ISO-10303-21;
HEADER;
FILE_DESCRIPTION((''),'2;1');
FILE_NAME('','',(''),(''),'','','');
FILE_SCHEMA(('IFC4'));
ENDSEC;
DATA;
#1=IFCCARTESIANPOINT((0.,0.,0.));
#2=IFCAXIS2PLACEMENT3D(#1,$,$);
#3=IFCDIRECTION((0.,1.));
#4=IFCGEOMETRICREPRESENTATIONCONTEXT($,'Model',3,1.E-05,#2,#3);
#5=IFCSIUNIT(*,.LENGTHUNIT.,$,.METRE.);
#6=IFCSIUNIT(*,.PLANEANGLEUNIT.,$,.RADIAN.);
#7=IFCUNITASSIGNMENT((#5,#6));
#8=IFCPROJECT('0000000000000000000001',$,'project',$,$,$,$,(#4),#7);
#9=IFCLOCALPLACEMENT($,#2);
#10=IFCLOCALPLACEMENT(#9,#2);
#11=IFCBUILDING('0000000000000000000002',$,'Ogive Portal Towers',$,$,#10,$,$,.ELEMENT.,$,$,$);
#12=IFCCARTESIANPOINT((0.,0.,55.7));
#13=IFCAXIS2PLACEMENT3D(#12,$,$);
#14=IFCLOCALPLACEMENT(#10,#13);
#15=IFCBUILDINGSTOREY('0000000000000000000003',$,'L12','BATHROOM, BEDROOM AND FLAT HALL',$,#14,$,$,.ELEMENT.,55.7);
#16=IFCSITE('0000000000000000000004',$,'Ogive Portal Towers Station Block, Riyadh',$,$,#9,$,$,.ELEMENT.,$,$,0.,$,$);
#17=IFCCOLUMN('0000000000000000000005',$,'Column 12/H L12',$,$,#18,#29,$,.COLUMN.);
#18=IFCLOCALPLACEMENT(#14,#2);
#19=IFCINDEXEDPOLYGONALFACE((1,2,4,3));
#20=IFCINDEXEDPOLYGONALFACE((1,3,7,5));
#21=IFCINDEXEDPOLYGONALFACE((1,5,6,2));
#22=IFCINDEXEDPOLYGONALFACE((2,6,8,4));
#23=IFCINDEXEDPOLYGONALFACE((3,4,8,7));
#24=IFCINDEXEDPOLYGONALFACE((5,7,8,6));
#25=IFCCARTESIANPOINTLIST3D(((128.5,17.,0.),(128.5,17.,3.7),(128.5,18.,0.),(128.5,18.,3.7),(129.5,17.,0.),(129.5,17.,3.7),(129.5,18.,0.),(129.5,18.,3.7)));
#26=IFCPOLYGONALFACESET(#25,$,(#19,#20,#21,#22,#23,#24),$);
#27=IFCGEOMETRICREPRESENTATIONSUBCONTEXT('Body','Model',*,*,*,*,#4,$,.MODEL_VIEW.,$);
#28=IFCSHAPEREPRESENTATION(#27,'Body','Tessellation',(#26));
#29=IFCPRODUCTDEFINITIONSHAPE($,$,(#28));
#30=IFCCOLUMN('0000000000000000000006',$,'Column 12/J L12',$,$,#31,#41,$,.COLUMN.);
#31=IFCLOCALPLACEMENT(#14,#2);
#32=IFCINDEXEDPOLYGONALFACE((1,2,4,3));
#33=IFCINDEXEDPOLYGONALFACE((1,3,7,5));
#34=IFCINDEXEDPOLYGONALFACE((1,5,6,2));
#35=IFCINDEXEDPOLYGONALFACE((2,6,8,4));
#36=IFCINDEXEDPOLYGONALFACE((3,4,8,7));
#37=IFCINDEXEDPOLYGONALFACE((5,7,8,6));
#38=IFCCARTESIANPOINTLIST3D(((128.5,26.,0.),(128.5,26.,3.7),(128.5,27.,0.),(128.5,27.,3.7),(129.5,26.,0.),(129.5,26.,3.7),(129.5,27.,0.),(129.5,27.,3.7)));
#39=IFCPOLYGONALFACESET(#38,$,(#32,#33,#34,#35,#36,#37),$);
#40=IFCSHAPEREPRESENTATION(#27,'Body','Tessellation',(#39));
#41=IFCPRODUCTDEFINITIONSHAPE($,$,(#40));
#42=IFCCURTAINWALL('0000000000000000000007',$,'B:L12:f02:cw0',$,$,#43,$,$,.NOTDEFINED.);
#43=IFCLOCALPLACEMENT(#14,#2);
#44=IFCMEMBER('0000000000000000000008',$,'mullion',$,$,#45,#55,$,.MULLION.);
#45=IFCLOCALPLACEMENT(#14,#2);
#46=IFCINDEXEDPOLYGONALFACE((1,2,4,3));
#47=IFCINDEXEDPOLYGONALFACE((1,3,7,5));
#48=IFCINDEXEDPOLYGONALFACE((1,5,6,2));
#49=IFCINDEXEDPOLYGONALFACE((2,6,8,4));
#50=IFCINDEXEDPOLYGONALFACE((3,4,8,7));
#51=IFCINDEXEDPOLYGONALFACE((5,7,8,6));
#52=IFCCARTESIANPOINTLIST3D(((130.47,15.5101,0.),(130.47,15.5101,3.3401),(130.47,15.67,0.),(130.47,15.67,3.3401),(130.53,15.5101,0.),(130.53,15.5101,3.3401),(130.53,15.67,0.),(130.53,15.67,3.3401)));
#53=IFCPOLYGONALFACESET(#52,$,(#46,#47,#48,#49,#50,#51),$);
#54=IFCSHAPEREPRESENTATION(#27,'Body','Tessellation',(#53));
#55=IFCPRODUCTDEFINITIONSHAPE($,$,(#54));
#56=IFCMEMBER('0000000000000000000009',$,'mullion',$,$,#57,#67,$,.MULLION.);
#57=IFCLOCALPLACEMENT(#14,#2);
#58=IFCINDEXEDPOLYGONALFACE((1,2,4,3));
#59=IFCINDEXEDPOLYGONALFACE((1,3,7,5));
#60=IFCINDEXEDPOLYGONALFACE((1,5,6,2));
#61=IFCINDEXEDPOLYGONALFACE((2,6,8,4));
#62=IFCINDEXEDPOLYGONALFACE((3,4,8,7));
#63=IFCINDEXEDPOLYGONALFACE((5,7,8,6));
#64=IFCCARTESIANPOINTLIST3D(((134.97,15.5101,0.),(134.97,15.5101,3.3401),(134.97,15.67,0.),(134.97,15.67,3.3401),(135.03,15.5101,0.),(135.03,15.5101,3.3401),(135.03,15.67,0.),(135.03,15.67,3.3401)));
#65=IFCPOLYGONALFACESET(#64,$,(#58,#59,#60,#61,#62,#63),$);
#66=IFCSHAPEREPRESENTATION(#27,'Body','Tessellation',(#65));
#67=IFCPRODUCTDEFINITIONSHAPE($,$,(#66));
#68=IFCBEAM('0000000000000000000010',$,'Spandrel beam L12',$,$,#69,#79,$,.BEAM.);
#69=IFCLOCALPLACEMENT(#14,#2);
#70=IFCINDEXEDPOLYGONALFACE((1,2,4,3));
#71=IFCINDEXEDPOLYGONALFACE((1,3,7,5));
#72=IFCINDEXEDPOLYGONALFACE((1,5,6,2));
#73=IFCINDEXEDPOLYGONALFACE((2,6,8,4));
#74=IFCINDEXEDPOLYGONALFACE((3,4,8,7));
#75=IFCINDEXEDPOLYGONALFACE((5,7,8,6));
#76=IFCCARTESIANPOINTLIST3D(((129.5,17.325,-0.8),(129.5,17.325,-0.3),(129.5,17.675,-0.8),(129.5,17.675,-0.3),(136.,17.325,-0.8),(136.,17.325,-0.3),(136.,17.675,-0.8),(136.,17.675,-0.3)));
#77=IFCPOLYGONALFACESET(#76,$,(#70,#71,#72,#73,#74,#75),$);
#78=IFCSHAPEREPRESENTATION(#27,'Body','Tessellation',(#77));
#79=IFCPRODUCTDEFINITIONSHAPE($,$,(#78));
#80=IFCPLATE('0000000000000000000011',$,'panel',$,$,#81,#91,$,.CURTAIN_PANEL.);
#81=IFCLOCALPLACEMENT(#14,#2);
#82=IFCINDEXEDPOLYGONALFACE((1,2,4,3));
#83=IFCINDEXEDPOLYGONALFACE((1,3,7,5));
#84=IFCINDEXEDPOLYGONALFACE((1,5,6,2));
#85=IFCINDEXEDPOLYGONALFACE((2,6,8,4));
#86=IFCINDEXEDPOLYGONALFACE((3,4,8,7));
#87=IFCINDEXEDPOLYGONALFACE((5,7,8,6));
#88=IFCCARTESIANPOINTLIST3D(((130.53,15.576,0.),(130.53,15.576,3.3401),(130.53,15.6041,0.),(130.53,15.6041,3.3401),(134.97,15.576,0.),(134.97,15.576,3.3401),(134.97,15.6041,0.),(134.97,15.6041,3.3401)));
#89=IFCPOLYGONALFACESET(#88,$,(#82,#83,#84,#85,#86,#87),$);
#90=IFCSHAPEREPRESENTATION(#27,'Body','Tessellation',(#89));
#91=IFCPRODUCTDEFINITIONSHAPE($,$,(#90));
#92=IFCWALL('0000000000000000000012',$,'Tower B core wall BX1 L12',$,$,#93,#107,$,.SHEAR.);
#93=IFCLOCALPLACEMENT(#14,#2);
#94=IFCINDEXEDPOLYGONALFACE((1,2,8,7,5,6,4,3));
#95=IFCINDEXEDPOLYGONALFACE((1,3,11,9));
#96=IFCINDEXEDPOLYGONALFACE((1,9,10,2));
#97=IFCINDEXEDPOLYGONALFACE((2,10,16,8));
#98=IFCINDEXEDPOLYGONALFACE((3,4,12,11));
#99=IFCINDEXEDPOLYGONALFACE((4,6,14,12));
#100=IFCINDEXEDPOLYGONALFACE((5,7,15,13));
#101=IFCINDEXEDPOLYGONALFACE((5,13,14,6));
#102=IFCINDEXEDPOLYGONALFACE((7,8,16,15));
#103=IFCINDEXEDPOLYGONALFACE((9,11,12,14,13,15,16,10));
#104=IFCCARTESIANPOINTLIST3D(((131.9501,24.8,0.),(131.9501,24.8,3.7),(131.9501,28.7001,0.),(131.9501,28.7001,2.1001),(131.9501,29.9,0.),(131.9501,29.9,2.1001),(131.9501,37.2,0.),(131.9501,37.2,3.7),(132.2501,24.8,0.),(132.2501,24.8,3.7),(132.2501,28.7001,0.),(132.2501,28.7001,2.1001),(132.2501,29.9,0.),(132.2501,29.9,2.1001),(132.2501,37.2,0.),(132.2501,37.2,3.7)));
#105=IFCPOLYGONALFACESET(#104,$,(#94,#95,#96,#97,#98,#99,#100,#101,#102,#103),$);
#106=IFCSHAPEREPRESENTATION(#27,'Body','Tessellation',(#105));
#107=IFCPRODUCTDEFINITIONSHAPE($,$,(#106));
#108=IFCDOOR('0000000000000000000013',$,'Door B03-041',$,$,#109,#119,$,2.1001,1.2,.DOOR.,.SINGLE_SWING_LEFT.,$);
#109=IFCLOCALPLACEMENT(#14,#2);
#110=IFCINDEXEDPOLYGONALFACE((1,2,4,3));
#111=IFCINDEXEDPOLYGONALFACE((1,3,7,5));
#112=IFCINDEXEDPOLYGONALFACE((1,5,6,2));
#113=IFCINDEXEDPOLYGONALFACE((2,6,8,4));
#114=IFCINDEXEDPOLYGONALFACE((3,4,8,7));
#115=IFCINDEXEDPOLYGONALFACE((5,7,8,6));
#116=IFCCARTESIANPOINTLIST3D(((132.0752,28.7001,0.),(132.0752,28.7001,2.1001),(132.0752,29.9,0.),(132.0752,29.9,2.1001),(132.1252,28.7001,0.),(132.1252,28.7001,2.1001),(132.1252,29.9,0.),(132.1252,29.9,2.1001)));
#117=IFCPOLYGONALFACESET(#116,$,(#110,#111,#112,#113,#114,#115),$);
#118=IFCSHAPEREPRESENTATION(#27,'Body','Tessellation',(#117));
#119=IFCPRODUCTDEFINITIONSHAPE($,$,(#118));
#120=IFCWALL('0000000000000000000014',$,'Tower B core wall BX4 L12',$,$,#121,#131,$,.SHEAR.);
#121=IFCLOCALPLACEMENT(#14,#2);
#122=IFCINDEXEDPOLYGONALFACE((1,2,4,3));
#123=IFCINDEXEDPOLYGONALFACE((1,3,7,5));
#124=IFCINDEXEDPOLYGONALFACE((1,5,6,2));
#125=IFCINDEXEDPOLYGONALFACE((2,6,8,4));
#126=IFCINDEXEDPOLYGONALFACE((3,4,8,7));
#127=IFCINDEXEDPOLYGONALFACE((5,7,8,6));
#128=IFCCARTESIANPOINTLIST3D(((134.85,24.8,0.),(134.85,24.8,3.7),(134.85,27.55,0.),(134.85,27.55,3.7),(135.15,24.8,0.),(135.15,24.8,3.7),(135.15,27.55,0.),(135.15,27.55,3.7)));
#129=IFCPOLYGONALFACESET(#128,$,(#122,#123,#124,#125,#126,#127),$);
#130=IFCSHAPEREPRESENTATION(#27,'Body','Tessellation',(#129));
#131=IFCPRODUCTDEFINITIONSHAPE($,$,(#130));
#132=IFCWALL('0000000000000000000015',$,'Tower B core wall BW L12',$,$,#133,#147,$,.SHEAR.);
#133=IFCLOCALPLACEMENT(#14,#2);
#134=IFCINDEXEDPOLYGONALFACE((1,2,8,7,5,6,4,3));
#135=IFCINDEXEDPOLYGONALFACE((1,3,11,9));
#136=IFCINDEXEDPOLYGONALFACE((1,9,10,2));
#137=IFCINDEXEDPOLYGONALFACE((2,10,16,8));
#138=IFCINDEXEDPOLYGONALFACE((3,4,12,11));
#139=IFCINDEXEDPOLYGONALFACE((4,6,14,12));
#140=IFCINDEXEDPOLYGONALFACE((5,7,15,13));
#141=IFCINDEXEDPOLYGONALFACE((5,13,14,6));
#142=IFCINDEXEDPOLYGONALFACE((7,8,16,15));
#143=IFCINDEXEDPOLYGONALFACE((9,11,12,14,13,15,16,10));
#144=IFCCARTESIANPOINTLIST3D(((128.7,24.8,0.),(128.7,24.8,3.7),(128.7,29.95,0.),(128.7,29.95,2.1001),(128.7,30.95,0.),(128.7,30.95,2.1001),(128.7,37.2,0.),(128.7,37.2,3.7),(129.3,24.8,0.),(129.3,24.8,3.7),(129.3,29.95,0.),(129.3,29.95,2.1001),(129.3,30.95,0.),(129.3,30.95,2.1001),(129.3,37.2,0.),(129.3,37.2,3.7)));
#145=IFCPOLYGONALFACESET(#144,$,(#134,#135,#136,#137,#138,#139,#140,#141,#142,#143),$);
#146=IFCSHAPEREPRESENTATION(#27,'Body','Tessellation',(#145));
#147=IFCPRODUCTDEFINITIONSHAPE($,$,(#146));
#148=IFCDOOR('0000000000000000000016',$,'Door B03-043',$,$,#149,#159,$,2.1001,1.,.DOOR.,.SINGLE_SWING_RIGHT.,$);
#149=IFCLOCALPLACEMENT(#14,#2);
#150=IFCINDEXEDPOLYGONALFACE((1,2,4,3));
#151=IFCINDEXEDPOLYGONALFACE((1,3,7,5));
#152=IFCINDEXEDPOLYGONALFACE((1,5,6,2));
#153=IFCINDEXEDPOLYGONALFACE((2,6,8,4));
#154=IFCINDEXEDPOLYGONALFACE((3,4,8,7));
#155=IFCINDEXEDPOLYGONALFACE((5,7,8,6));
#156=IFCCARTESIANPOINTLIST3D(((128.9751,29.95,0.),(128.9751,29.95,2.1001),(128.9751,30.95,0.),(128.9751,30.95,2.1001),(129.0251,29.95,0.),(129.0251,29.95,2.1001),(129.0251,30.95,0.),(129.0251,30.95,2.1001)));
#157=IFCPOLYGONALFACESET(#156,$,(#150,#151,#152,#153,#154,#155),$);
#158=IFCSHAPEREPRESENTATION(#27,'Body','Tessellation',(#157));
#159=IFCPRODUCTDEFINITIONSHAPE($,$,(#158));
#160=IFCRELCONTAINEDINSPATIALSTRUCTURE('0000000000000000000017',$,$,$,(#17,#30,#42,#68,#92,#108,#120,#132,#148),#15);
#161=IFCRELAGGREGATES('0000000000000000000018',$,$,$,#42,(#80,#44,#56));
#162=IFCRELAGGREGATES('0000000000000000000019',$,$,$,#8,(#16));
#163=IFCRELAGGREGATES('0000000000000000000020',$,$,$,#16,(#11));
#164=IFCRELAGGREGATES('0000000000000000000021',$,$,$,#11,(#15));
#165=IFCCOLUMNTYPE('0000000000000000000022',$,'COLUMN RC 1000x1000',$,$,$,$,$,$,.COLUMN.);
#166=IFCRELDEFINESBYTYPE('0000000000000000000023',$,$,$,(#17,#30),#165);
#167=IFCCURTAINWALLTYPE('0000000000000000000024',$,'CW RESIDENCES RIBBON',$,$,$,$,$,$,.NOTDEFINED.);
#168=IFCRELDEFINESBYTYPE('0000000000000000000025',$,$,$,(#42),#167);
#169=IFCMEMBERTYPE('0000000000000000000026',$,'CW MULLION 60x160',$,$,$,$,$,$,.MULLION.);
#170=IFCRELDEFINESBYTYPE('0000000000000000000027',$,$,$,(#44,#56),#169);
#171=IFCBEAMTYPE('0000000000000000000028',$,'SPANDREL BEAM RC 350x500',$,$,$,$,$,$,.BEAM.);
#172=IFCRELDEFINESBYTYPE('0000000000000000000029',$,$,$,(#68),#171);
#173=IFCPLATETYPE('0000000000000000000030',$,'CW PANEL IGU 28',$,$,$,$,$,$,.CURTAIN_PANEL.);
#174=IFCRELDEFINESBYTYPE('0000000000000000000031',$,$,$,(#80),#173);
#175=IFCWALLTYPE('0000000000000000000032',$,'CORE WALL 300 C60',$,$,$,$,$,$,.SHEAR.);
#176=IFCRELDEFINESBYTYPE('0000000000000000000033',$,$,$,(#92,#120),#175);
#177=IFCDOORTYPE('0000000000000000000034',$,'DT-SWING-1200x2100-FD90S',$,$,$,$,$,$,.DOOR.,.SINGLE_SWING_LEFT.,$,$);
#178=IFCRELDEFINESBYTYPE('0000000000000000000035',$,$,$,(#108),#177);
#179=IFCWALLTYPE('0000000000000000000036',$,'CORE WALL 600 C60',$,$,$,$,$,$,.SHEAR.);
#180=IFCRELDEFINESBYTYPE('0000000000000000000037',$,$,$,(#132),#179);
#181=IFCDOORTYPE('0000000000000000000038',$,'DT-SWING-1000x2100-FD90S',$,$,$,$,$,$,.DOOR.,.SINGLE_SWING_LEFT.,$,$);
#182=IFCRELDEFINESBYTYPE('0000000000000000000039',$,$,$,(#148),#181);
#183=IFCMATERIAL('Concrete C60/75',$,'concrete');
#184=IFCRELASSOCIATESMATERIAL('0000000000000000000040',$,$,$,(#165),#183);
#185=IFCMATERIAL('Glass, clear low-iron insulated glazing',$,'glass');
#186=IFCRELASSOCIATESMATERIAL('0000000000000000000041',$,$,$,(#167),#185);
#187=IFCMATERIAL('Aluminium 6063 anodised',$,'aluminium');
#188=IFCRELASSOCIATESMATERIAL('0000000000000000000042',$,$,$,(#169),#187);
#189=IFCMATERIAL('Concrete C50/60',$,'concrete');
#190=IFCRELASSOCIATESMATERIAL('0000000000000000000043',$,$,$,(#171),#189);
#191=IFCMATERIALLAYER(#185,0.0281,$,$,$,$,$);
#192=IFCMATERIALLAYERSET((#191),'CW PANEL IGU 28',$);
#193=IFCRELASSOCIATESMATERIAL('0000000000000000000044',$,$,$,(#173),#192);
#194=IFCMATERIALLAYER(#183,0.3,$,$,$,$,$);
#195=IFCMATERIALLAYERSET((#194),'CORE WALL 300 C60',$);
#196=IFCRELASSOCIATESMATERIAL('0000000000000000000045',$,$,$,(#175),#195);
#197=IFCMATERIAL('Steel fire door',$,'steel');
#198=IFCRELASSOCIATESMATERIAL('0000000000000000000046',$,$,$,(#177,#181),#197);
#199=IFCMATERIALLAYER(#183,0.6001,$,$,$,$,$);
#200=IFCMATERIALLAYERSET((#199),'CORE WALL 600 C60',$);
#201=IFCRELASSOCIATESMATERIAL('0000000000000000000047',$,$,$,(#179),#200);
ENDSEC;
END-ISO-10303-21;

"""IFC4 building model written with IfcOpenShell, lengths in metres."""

from ifc_helpers import new_model, si_unit, direction, frame, frame_2d, origin, origin_2d, place, context, subcontext, project, spatial, rectangle, extrude, material, layer, layer_set, material_profile, profile_set, type_object, element, fill, aggregate, save


model = new_model("IFC4")

# Units and contexts
model_context = context("Model", 3, precision=1e-05, world=origin(), true_north=direction((0.0, 1.0)))
body_context = subcontext(model_context, "Body", "Model", "MODEL_VIEW")
ifc_project = project(units=[si_unit("LENGTHUNIT", "METRE"), si_unit("PLANEANGLEUNIT", "RADIAN")], contexts=[model_context])

# Site, building, storey
site_placement = place(None, origin())
site = spatial("IfcSite", under=ifc_project, at=site_placement, Name="Ogive Portal Towers Station Block, Riyadh", CompositionType="ELEMENT", RefElevation=0.0)
building_placement = place(site_placement, origin())
building = spatial("IfcBuilding", under=site, at=building_placement, Name="Ogive Portal Towers", CompositionType="ELEMENT")
storey_placement = place(building_placement, frame((0.0, 0.0, 55.7)))
storey = spatial("IfcBuildingStorey", under=building, at=storey_placement, Name="L12", Description="BATHROOM, BEDROOM AND FLAT HALL", CompositionType="ELEMENT", Elevation=55.7)

# Columns
ifc_material_1 = material(Name="Concrete C60/75", Category="concrete")
ifc_material_profile_1 = material_profile(ifc_material_1, rectangle(XDim=1.0, YDim=1.0, at=origin_2d()), Name="RC 1000x1000")
ifc_profile_set_1 = profile_set([ifc_material_profile_1], Name="Concrete C60/75")
column_type = type_object("IfcColumnType", Name="COLUMN RC 1000x1000", PredefinedType="COLUMN", material=ifc_profile_set_1)
for number, where, z_axis, x_axis, name in (
    (1, (129.0, 17.5, 0.0), (0.0, 0.0, 1.0), (1.0, 0.0, 0.0), "Column 12/H L12"),
    (2, (129.0, 26.5, 0.0), (0.0, 0.0, 1.0), (1.0, 0.0, 0.0), "Column 12/J L12"),
):
    element("IfcColumn", number, at=place(storey_placement, frame(where, z_axis=z_axis, x_axis=x_axis)), inside=storey, type_object=column_type, Name=name, PredefinedType="COLUMN", context=body_context, shape_type="SweptSolid", body=[
        extrude(rectangle(XDim=1.0, YDim=1.0, at=origin_2d()), origin(), (0.0, 0.0, 1.0), 3.7),
    ])

# Curtain wall, members
ifc_material_2 = material(Name="Glass, clear low-iron insulated glazing", Category="glass")
curtain_wall_type = type_object("IfcCurtainWallType", Name="CW RESIDENCES RIBBON", PredefinedType="NOTDEFINED", material=ifc_material_2)
curtain_wall_placement = place(storey_placement, origin())
curtain_wall = element("IfcCurtainWall", 3, at=curtain_wall_placement, inside=storey, type_object=curtain_wall_type, Name="B:L12:f02:cw0", PredefinedType="NOTDEFINED")
ifc_material_3 = material(Name="Aluminium 6063 anodised", Category="aluminium")
ifc_material_profile_2 = material_profile(ifc_material_3, rectangle(XDim=0.1599, YDim=0.0601, at=origin_2d()), Name="AL 60x160")
ifc_profile_set_2 = profile_set([ifc_material_profile_2], Name="Aluminium 6063 anodised")
member_type = type_object("IfcMemberType", Name="CW MULLION 60x160", PredefinedType="MULLION", material=ifc_profile_set_2)
member_1_placement = place(storey_placement, frame((130.5, 15.5901, 0.0), z_axis=(0.0, 0.0, 1.0), x_axis=(0.0, 1.0, 0.0)))
member_1 = element("IfcMember", 4, at=member_1_placement, type_object=member_type, Name="mullion", PredefinedType="MULLION", context=body_context, shape_type="SweptSolid", body=[
    extrude(rectangle(XDim=0.1599, YDim=0.0601, at=origin_2d()), origin(), (0.0, 0.0, 1.0), 3.3401),
])
member_2_placement = place(storey_placement, frame((135.0, 15.5901, 0.0), z_axis=(0.0, 0.0, 1.0), x_axis=(0.0, 1.0, 0.0)))
member_2 = element("IfcMember", 5, at=member_2_placement, type_object=member_type, Name="mullion", PredefinedType="MULLION", context=body_context, shape_type="SweptSolid", body=[
    extrude(rectangle(XDim=0.1599, YDim=0.0601, at=origin_2d()), origin(), (0.0, 0.0, 1.0), 3.3401),
])

# Beam
ifc_material_4 = material(Name="Concrete C50/60", Category="concrete")
ifc_material_profile_3 = material_profile(ifc_material_4, rectangle(XDim=0.3501, YDim=0.5, at=origin_2d()), Name="RC 350x500")
ifc_profile_set_3 = profile_set([ifc_material_profile_3], Name="Concrete C50/60")
beam_type = type_object("IfcBeamType", Name="SPANDREL BEAM RC 350x500", PredefinedType="BEAM", material=ifc_profile_set_3)
beam_placement = place(storey_placement, frame((129.5, 17.5, -0.55), z_axis=(1.0, 0.0, 0.0), x_axis=(0.0, 1.0, 0.0)))
element("IfcBeam", 6, at=beam_placement, inside=storey, type_object=beam_type, Name="Spandrel beam L12", PredefinedType="BEAM", context=body_context, shape_type="SweptSolid", body=[
    extrude(rectangle(XDim=0.3501, YDim=0.5, at=origin_2d()), origin(), (0.0, 0.0, 1.0), 6.5),
])

# Plate
ifc_layer_1 = layer(ifc_material_2, 0.0281)
ifc_layer_set_1 = layer_set([ifc_layer_1], Name="CW PANEL IGU 28")
plate_type = type_object("IfcPlateType", Name="CW PANEL IGU 28", PredefinedType="CURTAIN_PANEL", material=ifc_layer_set_1)
plate_placement = place(storey_placement, frame((132.75, 15.5901, 0.0), z_axis=(0.0, 0.0, 1.0), x_axis=(1.0, 0.0, 0.0)))
plate = element("IfcPlate", 7, at=plate_placement, type_object=plate_type, Name="panel", PredefinedType="CURTAIN_PANEL", context=body_context, shape_type="SweptSolid", body=[
    extrude(rectangle(XDim=4.4399, YDim=0.0281, at=origin_2d()), origin(), (0.0, 0.0, 1.0), 3.3401),
])
aggregate(curtain_wall, [plate, member_1, member_2])

# Wall, opening, door
ifc_layer_2 = layer(ifc_material_1, 0.3)
ifc_layer_set_2 = layer_set([ifc_layer_2], Name="CORE WALL 300 C60")
wall_type_1 = type_object("IfcWallType", Name="CORE WALL 300 C60", PredefinedType="SHEAR", material=ifc_layer_set_2)
wall_1_placement = place(storey_placement, frame((132.1001, 24.8, 0.0), z_axis=(0.0, 0.0, 1.0), x_axis=(0.0, 1.0, 0.0)))
wall_1 = element("IfcWall", 8, at=wall_1_placement, inside=storey, type_object=wall_type_1, Name="Tower B core wall BX1 L12", PredefinedType="SHEAR", context=body_context, shape_type="SweptSolid", body=[
    extrude(rectangle(XDim=12.3999, YDim=0.3, at=frame_2d((6.2, 0.0))), origin(), (0.0, 0.0, 1.0), 3.7),
])
opening_1_placement = place(wall_1_placement, frame((3.8999, 0.0, 0.0)))
opening_1 = element("IfcOpeningElement", 9, at=opening_1_placement, cuts=wall_1, PredefinedType="OPENING", context=body_context, shape_type="SweptSolid", body=[
    extrude(rectangle(XDim=1.2, YDim=2.1001, at=frame_2d((0.6001, 1.05))), frame((0.0, 0.1602, 0.0), z_axis=(0.0, -1.0, 0.0), x_axis=(1.0, 0.0, 0.0)), (0.0, 0.0, 1.0), 0.3201),
])
ifc_material_5 = material(Name="Steel fire door", Category="steel")
door_type_1 = type_object("IfcDoorType", Name="DT-SWING-1200x2100-FD90S", OperationType="SINGLE_SWING_LEFT", PredefinedType="DOOR", material=ifc_material_5)
door_1_placement = place(opening_1_placement, origin())
door_1 = element("IfcDoor", 10, at=door_1_placement, inside=storey, type_object=door_type_1, Name="Door B03-041", OperationType="SINGLE_SWING_LEFT", OverallHeight=2.1001, OverallWidth=1.2, PredefinedType="DOOR", context=body_context, shape_type="SweptSolid", body=[
    extrude(rectangle(XDim=1.2, YDim=2.1001, at=frame_2d((0.6001, 1.05))), frame((0.0, 0.0249, 0.0), z_axis=(0.0, -1.0, 0.0), x_axis=(1.0, 0.0, 0.0)), (0.0, 0.0, 1.0), 0.05),
])
fill(opening_1, door_1)

# Wall
wall_2_placement = place(storey_placement, frame((135.0, 24.8, 0.0), z_axis=(0.0, 0.0, 1.0), x_axis=(0.0, 1.0, 0.0)))
element("IfcWall", 11, at=wall_2_placement, inside=storey, type_object=wall_type_1, Name="Tower B core wall BX4 L12", PredefinedType="SHEAR", context=body_context, shape_type="SweptSolid", body=[
    extrude(rectangle(XDim=2.75, YDim=0.3, at=frame_2d((1.375, 0.0))), origin(), (0.0, 0.0, 1.0), 3.7),
])

# Wall, opening, door
ifc_layer_3 = layer(ifc_material_1, 0.6001)
ifc_layer_set_3 = layer_set([ifc_layer_3], Name="CORE WALL 600 C60")
wall_type_2 = type_object("IfcWallType", Name="CORE WALL 600 C60", PredefinedType="SHEAR", material=ifc_layer_set_3)
wall_3_placement = place(storey_placement, frame((129.0, 24.8, 0.0), z_axis=(0.0, 0.0, 1.0), x_axis=(0.0, 1.0, 0.0)))
wall_3 = element("IfcWall", 12, at=wall_3_placement, inside=storey, type_object=wall_type_2, Name="Tower B core wall BW L12", PredefinedType="SHEAR", context=body_context, shape_type="SweptSolid", body=[
    extrude(rectangle(XDim=12.3999, YDim=0.6001, at=frame_2d((6.2, 0.0))), origin(), (0.0, 0.0, 1.0), 3.7),
])
opening_2_placement = place(wall_3_placement, frame((5.1499, 0.0, 0.0)))
opening_2 = element("IfcOpeningElement", 13, at=opening_2_placement, cuts=wall_3, PredefinedType="OPENING", context=body_context, shape_type="SweptSolid", body=[
    extrude(rectangle(XDim=1.0, YDim=2.1001, at=frame_2d((0.5, 1.05))), frame((0.0, 0.3101, 0.0), z_axis=(0.0, -1.0, 0.0), x_axis=(1.0, 0.0, 0.0)), (0.0, 0.0, 1.0), 0.6201),
])
door_type_2 = type_object("IfcDoorType", Name="DT-SWING-1000x2100-FD90S", OperationType="SINGLE_SWING_LEFT", PredefinedType="DOOR", material=ifc_material_5)
door_2_placement = place(opening_2_placement, origin())
door_2 = element("IfcDoor", 14, at=door_2_placement, inside=storey, type_object=door_type_2, Name="Door B03-043", OperationType="SINGLE_SWING_RIGHT", OverallHeight=2.1001, OverallWidth=1.0, PredefinedType="DOOR", context=body_context, shape_type="SweptSolid", body=[
    extrude(rectangle(XDim=1.0, YDim=2.1001, at=frame_2d((0.5, 1.05))), frame((0.0, 0.0249, 0.0), z_axis=(0.0, -1.0, 0.0), x_axis=(1.0, 0.0, 0.0)), (0.0, 0.0, 1.0), 0.05),
])
fill(opening_2, door_2)

save(model, "model.ifc")
